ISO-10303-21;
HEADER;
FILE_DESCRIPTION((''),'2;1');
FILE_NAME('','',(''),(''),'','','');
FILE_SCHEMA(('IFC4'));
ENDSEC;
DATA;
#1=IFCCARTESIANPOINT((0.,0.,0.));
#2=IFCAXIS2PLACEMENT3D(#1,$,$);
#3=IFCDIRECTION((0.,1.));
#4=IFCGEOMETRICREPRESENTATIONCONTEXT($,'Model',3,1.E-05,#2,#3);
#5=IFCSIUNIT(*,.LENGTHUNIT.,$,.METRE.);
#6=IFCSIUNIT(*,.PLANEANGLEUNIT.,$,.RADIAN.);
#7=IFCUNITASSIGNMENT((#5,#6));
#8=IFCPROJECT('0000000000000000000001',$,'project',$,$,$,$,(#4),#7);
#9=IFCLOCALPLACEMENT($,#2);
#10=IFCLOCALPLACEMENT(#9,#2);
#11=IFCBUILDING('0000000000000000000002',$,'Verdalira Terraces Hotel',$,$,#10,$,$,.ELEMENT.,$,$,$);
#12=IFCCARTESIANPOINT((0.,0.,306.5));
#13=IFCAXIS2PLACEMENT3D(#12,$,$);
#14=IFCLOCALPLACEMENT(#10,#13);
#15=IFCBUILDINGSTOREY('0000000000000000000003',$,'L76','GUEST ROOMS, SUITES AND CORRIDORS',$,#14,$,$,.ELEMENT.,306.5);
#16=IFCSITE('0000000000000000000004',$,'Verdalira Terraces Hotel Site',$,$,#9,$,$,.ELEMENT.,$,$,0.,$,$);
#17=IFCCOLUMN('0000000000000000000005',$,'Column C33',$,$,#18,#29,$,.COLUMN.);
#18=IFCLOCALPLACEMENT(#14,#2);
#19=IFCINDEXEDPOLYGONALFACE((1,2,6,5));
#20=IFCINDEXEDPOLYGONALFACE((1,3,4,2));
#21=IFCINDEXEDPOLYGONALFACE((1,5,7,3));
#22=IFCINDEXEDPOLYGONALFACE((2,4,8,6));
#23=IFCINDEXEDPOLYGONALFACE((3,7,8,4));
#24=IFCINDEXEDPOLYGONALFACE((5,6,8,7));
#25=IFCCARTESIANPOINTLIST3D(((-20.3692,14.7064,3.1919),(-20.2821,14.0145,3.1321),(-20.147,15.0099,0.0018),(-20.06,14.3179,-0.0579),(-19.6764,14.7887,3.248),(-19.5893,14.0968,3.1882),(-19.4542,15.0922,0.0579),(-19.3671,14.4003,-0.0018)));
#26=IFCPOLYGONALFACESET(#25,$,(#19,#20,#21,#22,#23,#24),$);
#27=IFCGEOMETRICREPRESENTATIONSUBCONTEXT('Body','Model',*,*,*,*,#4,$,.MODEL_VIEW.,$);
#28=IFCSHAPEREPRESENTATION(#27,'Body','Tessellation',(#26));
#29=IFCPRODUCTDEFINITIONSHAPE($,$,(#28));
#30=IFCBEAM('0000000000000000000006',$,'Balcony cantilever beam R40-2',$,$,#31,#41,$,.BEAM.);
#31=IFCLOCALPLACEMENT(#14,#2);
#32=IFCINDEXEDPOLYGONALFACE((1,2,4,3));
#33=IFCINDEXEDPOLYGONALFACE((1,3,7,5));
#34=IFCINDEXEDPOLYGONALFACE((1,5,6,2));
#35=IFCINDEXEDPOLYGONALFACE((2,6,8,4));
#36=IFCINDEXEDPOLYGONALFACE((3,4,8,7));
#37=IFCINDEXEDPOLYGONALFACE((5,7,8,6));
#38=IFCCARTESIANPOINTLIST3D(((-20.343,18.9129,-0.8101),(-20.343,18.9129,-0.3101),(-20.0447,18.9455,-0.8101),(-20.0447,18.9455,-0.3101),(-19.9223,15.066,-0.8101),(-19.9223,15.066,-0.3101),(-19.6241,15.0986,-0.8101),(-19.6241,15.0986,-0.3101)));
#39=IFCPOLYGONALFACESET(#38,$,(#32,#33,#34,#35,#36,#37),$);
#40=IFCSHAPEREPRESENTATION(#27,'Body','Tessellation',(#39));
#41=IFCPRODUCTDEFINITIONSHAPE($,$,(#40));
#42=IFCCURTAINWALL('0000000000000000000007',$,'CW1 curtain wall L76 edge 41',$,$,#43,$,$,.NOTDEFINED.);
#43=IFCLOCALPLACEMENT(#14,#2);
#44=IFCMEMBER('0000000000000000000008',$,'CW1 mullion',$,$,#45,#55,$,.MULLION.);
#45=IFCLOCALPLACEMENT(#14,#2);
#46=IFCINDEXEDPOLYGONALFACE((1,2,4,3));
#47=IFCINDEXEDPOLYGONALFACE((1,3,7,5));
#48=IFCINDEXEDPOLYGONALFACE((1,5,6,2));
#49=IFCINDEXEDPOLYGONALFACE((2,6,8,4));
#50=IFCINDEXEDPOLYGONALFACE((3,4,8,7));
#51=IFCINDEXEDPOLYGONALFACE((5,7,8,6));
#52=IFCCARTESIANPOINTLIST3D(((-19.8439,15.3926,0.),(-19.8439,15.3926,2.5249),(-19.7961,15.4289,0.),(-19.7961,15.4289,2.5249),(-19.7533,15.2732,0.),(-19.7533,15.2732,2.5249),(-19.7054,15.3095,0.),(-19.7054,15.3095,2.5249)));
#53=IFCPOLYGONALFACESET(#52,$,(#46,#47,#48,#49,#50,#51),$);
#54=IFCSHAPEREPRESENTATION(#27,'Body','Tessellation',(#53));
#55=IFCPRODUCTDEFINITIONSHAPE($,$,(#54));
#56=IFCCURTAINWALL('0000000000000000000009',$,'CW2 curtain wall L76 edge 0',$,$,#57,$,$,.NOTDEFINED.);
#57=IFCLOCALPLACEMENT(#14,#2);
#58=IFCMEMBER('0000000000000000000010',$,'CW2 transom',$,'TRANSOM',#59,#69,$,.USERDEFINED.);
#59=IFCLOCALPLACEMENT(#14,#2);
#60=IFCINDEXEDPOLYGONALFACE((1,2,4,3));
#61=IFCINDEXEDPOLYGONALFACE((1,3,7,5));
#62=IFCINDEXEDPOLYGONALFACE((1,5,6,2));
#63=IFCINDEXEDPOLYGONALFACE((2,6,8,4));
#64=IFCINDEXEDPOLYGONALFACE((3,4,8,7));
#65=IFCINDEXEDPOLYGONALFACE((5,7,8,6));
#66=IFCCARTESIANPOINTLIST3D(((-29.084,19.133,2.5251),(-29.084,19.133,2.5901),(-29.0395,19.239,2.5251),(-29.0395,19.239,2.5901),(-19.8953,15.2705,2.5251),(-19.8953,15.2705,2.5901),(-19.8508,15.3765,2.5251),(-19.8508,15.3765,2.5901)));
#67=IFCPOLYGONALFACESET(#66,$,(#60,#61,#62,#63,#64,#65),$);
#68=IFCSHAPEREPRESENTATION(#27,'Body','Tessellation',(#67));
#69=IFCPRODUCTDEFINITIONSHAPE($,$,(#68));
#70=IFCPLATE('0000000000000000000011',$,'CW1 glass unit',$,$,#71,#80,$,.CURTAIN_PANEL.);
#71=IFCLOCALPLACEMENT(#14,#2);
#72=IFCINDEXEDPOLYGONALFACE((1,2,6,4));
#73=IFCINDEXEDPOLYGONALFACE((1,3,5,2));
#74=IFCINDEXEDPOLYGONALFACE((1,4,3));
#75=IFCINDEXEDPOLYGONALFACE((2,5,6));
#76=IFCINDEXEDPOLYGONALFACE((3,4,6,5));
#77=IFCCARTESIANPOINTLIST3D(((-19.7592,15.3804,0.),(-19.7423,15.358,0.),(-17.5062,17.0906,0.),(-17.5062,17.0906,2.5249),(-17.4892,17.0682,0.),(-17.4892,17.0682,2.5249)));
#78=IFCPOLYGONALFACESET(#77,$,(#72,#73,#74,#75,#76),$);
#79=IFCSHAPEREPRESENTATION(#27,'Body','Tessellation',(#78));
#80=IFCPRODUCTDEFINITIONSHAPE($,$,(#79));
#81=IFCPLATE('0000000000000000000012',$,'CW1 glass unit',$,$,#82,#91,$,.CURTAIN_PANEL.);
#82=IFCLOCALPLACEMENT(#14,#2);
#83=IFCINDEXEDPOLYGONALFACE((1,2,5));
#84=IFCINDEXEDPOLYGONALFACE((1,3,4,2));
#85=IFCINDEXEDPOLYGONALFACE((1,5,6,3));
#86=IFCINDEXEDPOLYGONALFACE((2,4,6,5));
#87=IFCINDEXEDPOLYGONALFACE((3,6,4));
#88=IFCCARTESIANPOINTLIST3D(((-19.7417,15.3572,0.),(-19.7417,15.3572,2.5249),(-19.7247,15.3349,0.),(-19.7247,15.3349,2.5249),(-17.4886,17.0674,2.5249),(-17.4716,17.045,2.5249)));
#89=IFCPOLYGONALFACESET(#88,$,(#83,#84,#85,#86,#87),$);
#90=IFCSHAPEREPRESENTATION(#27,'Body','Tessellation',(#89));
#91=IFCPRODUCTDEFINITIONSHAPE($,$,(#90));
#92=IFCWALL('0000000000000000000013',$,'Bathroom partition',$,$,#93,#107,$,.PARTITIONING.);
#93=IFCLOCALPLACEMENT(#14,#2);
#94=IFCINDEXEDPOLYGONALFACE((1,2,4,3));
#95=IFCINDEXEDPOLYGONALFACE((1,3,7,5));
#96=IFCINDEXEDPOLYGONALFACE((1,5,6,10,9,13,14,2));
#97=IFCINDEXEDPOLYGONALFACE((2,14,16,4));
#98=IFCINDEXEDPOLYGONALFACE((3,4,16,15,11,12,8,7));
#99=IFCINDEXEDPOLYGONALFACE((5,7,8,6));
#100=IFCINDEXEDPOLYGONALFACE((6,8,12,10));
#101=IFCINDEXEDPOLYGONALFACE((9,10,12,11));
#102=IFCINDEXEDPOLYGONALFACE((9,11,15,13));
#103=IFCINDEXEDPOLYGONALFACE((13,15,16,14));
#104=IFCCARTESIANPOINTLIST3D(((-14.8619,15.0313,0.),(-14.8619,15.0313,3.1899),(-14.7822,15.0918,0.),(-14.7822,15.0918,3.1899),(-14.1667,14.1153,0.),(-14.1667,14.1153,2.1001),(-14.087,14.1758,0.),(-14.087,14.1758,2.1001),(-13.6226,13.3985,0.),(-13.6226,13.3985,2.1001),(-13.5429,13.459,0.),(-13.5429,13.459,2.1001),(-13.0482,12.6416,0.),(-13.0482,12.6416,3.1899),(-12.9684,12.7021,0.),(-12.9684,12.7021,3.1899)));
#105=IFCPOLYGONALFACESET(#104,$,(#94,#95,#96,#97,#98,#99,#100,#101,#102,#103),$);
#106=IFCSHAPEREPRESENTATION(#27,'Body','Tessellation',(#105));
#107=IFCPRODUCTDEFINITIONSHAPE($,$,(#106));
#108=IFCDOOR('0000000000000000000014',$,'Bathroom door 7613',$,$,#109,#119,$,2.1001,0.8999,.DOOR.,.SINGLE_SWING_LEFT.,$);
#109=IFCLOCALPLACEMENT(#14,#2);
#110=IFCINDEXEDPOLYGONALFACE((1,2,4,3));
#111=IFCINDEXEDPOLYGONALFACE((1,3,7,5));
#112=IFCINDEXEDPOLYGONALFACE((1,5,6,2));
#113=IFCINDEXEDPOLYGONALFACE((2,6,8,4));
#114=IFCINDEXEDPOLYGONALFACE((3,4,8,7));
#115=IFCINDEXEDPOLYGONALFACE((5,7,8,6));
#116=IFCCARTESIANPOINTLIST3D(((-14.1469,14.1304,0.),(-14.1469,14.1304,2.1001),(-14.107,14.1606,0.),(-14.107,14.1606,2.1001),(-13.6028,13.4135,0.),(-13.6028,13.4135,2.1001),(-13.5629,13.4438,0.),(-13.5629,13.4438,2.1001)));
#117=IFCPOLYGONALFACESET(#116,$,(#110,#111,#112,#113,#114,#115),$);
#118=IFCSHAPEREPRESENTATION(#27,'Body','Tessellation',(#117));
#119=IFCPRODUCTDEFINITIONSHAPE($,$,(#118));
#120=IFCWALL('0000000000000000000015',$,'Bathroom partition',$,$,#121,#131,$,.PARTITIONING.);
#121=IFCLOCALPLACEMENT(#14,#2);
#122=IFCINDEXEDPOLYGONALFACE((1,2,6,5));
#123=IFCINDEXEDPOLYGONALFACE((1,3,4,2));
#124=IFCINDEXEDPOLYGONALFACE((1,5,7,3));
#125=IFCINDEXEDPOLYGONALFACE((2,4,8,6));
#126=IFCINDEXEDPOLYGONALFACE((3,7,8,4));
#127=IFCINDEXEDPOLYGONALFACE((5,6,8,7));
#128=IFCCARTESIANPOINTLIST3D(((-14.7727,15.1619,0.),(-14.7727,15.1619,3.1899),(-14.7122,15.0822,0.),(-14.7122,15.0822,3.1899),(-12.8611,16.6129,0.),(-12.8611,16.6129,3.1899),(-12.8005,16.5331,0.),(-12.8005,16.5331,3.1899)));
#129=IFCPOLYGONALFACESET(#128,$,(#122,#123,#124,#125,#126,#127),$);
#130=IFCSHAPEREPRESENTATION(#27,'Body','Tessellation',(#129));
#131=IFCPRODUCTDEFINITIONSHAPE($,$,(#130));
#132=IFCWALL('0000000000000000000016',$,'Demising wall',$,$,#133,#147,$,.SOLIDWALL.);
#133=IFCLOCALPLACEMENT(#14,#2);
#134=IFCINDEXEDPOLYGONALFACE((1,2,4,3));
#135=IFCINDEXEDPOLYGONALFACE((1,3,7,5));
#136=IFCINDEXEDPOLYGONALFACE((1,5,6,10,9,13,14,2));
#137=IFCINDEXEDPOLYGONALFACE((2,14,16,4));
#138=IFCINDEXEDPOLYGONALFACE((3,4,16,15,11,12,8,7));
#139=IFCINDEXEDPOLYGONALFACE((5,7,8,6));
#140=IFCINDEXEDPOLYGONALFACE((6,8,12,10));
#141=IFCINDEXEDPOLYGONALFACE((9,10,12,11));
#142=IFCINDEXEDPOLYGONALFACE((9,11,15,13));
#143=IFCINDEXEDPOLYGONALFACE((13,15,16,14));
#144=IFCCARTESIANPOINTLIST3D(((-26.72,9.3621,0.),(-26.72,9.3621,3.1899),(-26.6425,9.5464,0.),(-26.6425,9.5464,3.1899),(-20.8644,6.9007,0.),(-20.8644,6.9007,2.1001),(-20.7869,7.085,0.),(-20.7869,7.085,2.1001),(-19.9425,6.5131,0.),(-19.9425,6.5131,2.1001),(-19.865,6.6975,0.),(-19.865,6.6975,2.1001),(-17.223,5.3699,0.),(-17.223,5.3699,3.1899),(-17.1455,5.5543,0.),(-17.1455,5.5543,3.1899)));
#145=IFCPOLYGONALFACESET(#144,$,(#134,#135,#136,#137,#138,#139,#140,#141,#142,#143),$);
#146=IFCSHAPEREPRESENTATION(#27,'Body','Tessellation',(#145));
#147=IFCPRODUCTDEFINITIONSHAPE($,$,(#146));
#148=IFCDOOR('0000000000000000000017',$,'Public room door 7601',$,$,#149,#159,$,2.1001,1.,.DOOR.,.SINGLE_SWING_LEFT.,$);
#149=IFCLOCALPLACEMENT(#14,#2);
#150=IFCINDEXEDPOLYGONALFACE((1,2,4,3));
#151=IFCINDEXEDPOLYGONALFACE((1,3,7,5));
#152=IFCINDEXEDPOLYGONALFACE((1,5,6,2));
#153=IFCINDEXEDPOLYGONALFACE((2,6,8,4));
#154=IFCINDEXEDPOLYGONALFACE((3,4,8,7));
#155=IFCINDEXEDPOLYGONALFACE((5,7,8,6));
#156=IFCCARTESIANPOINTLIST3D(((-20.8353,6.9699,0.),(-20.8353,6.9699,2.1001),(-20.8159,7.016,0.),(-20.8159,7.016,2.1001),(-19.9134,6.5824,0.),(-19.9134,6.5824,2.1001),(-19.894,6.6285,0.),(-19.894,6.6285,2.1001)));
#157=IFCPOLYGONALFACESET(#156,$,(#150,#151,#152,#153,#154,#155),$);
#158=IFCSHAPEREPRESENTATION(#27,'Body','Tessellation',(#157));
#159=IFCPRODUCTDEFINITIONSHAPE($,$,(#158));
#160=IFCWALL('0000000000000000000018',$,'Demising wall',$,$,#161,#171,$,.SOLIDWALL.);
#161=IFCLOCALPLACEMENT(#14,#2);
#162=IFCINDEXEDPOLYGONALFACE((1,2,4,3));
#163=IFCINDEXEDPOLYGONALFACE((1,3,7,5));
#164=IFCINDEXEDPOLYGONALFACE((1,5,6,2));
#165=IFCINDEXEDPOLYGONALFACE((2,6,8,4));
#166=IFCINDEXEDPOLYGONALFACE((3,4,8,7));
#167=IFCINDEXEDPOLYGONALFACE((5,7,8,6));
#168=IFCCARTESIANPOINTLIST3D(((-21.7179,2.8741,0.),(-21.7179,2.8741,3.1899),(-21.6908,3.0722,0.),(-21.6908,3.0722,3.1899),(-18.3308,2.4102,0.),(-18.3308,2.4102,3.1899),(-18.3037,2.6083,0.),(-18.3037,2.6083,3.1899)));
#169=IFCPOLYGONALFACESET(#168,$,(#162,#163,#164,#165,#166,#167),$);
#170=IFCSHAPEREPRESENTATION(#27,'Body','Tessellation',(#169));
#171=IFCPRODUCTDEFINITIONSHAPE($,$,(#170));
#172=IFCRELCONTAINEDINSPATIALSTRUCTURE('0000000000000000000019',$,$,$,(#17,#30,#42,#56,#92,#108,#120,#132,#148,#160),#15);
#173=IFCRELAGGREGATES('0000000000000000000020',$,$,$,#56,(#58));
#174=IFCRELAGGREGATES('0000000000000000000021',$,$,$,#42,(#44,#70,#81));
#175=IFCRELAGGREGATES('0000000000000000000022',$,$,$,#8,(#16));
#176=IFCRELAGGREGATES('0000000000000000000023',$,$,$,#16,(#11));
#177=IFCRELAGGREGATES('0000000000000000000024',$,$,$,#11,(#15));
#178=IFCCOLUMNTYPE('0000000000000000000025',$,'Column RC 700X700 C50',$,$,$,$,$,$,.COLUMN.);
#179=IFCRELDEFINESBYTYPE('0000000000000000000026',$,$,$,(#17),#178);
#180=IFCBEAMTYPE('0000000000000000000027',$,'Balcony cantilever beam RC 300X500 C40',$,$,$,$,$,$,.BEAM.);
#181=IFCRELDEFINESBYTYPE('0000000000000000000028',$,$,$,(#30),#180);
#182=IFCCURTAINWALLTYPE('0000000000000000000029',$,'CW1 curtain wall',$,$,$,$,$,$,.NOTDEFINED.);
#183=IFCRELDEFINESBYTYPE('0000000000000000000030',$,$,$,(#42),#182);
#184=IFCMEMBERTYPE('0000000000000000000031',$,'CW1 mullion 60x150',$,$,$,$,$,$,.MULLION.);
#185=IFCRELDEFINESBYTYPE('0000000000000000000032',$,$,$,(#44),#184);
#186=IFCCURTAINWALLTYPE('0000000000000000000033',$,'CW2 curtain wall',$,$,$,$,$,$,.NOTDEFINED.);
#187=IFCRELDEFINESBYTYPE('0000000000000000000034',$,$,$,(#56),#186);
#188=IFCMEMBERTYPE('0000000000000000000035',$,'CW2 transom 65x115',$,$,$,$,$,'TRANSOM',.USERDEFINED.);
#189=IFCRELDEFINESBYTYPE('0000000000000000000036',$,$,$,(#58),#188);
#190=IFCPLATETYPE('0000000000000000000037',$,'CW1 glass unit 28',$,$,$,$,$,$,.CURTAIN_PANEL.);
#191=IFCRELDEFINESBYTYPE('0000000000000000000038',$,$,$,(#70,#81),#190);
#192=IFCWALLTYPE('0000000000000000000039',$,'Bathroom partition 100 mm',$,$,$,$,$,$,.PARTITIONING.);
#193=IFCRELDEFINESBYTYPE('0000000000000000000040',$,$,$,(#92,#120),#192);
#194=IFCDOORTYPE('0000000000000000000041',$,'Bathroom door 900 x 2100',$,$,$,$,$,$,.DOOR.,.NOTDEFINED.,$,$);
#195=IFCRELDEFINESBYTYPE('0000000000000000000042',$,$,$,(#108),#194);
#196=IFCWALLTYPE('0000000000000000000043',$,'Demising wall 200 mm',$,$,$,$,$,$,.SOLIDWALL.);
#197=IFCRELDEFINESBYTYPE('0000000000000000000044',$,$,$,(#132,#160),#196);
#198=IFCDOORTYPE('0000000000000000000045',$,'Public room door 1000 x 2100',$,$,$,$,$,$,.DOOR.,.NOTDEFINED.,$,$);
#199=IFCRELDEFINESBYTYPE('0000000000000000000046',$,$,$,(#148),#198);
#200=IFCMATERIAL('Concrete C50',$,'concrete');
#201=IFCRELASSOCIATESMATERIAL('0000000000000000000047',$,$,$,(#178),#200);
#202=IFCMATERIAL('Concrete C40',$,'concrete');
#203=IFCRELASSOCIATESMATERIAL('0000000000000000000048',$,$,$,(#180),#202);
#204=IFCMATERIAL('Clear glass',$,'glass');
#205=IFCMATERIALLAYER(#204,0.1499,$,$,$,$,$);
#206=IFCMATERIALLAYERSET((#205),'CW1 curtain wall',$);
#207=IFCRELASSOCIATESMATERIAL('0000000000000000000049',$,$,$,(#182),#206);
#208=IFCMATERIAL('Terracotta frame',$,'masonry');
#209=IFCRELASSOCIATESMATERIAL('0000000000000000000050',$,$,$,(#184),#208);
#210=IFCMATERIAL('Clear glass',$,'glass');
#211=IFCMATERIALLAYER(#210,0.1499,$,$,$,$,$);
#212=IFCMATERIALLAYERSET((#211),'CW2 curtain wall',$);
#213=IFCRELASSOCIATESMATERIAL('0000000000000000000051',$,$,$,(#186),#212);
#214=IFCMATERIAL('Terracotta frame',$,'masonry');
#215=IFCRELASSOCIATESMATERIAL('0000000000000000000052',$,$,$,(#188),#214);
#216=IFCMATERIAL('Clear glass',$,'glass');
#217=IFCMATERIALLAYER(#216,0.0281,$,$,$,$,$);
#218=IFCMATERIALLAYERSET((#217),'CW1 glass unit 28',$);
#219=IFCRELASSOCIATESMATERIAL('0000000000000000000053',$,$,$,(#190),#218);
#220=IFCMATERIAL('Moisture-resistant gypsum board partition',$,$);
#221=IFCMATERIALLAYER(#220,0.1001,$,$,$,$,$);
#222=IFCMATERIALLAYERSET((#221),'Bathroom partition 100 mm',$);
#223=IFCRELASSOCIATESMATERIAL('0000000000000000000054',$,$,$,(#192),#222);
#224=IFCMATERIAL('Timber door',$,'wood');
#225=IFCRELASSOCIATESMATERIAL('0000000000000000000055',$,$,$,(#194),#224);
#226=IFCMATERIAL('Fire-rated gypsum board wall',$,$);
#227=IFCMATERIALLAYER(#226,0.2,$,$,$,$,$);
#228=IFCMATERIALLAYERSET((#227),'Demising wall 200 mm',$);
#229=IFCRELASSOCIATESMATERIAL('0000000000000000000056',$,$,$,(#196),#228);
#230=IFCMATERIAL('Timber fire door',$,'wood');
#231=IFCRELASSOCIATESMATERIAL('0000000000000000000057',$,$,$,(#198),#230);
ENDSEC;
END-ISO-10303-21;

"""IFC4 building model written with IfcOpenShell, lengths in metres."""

from ifc_helpers import new_model, si_unit, direction, frame, frame_2d, origin, origin_2d, place, context, subcontext, project, spatial, polyline, rectangle, outline, extrude, material, layer, layer_set, material_profile, profile_set, type_object, element, fill, aggregate, save


model = new_model("IFC4")

# Units and contexts
model_context = context("Model", 3, precision=1e-05, world=origin(), true_north=direction((0.0, 1.0)))
body_context = subcontext(model_context, "Body", "Model", "MODEL_VIEW")
ifc_project = project(units=[si_unit("LENGTHUNIT", "METRE"), si_unit("PLANEANGLEUNIT", "RADIAN")], contexts=[model_context])

# Site, building, storey
site_placement = place(None, origin())
site = spatial("IfcSite", under=ifc_project, at=site_placement, Name="Verdalira Terraces Hotel Site", CompositionType="ELEMENT", RefElevation=0.0)
building_placement = place(site_placement, origin())
building = spatial("IfcBuilding", under=site, at=building_placement, Name="Verdalira Terraces Hotel", CompositionType="ELEMENT")
storey_placement = place(building_placement, frame((0.0, 0.0, 306.5)))
storey = spatial("IfcBuildingStorey", under=building, at=storey_placement, Name="L76", Description="GUEST ROOMS, SUITES AND CORRIDORS", CompositionType="ELEMENT", Elevation=306.5)

# Column
ifc_material_1 = material(Name="Concrete C50", Category="concrete")
ifc_material_profile_1 = material_profile(ifc_material_1, rectangle(XDim=0.7, YDim=0.7, at=origin_2d()), Name="RC 700X700")
ifc_profile_set_1 = profile_set([ifc_material_profile_1], Name="Concrete C50")
column_type = type_object("IfcColumnType", Name="Column RC 700X700 C50", PredefinedType="COLUMN", material=ifc_profile_set_1)
column_placement = place(storey_placement, frame((-19.7571, 14.7051, 0.0), z_axis=(-0.069167, -0.094478, 0.993121), x_axis=(0.989818, 0.117639, 0.080129)))
element("IfcColumn", 1, at=column_placement, inside=storey, type_object=column_type, Name="Column C33", PredefinedType="COLUMN", context=body_context, shape_type="SweptSolid", body=[
    extrude(rectangle(XDim=0.7, YDim=0.7, at=origin_2d()), origin(), (0.0, 0.0, 1.0), 3.2122),
])

# Beam
ifc_material_2 = material(Name="Concrete C40", Category="concrete")
ifc_material_profile_2 = material_profile(ifc_material_2, rectangle(XDim=0.3, YDim=0.5, at=origin_2d()), Name="RC 300X500")
ifc_profile_set_2 = profile_set([ifc_material_profile_2], Name="Concrete C40")
beam_type = type_object("IfcBeamType", Name="Balcony cantilever beam RC 300X500 C40", PredefinedType="BEAM", material=ifc_profile_set_2)
beam_placement = place(storey_placement, frame((-19.7732, 15.0823, -0.5601), z_axis=(-0.1087, 0.994075, 0.0), x_axis=(-0.994075, -0.1087, 0.0)))
element("IfcBeam", 2, at=beam_placement, inside=storey, type_object=beam_type, Name="Balcony cantilever beam R40-2", PredefinedType="BEAM", context=body_context, shape_type="SweptSolid", body=[
    extrude(rectangle(XDim=0.3, YDim=0.5, at=origin_2d()), origin(), (0.0, 0.0, 1.0), 3.8699),
])

# Curtain walls, members
ifc_material_3 = material(Name="Clear glass", Category="glass")
ifc_layer_1 = layer(ifc_material_3, 0.1499)
ifc_layer_set_1 = layer_set([ifc_layer_1], Name="CW1 curtain wall")
curtain_wall_type_1 = type_object("IfcCurtainWallType", Name="CW1 curtain wall", PredefinedType="NOTDEFINED", material=ifc_layer_set_1)
curtain_wall_1_placement = place(storey_placement, origin())
curtain_wall_1 = element("IfcCurtainWall", 3, at=curtain_wall_1_placement, inside=storey, type_object=curtain_wall_type_1, Name="CW1 curtain wall L76 edge 41", PredefinedType="NOTDEFINED")
ifc_material_4 = material(Name="Terracotta frame", Category="masonry")
ifc_material_profile_3 = material_profile(ifc_material_4, rectangle(XDim=0.0601, YDim=0.1499, at=origin_2d()), Name="MU 60x150")
ifc_profile_set_3 = profile_set([ifc_material_profile_3], Name="Terracotta frame")
member_type_1 = type_object("IfcMemberType", Name="CW1 mullion 60x150", PredefinedType="MULLION", material=ifc_profile_set_3)
member_1_placement = place(storey_placement, frame((-19.7747, 15.3511, 0.0), z_axis=(0.0, 0.0, 1.0), x_axis=(-0.79653, -0.604599, 0.0)))
member_1 = element("IfcMember", 4, at=member_1_placement, type_object=member_type_1, Name="CW1 mullion", PredefinedType="MULLION", context=body_context, shape_type="SweptSolid", body=[
    extrude(rectangle(XDim=0.0601, YDim=0.1499, at=origin_2d()), origin(), (0.0, 0.0, 1.0), 2.5249),
])
ifc_material_5 = material(Name="Clear glass", Category="glass")
ifc_layer_2 = layer(ifc_material_5, 0.1499)
ifc_layer_set_2 = layer_set([ifc_layer_2], Name="CW2 curtain wall")
curtain_wall_type_2 = type_object("IfcCurtainWallType", Name="CW2 curtain wall", PredefinedType="NOTDEFINED", material=ifc_layer_set_2)
curtain_wall_2_placement = place(storey_placement, origin())
curtain_wall_2 = element("IfcCurtainWall", 5, at=curtain_wall_2_placement, inside=storey, type_object=curtain_wall_type_2, Name="CW2 curtain wall L76 edge 0", PredefinedType="NOTDEFINED")
ifc_material_6 = material(Name="Terracotta frame", Category="masonry")
ifc_material_profile_4 = material_profile(ifc_material_6, rectangle(XDim=0.115, YDim=0.0649, at=origin_2d()), Name="TR 65x115")
ifc_profile_set_4 = profile_set([ifc_material_profile_4], Name="Terracotta frame")
member_type_2 = type_object("IfcMemberType", Name="CW2 transom 65x115", ElementType="TRANSOM", PredefinedType="USERDEFINED", material=ifc_profile_set_4)
member_2_placement = place(storey_placement, frame((-19.873, 15.3235, 2.5576), z_axis=(-0.921864, 0.387513, 0.0), x_axis=(-0.387513, -0.921864, 0.0)))
member_2 = element("IfcMember", 6, at=member_2_placement, type_object=member_type_2, Name="CW2 transom", ObjectType="TRANSOM", PredefinedType="USERDEFINED", context=body_context, shape_type="SweptSolid", body=[
    extrude(rectangle(XDim=0.115, YDim=0.0649, at=origin_2d()), origin(), (0.0, 0.0, 1.0), 9.9675),
])
aggregate(curtain_wall_2, [member_2])

# Plates
ifc_material_7 = material(Name="Clear glass", Category="glass")
ifc_layer_3 = layer(ifc_material_7, 0.0281)
ifc_layer_set_3 = layer_set([ifc_layer_3], Name="CW1 glass unit 28")
plate_type = type_object("IfcPlateType", Name="CW1 glass unit 28", PredefinedType="CURTAIN_PANEL", material=ifc_layer_set_3)
plate_1_placement = place(storey_placement, frame((-18.6157, 16.2131, 1.2625), z_axis=(-0.604599, 0.79653, 0.0), x_axis=(-0.79653, -0.604599, 0.0)))
plate_1 = element("IfcPlate", 7, at=plate_1_placement, type_object=plate_type, Name="CW1 glass unit", PredefinedType="CURTAIN_PANEL", context=body_context, shape_type="SweptSolid", body=[
    extrude(outline(polyline([(-1.4143, -1.2625), (1.4143, -1.2625), (-1.4143, 1.2625), (-1.4143, -1.2625)])), origin(), (0.0, 0.0, 1.0), 0.0281),
])
plate_2_placement = place(storey_placement, frame((-18.5981, 16.1899, 1.2625), z_axis=(-0.604599, 0.79653, 0.0), x_axis=(-0.79653, -0.604599, 0.0)))
plate_2 = element("IfcPlate", 8, at=plate_2_placement, type_object=plate_type, Name="CW1 glass unit", PredefinedType="CURTAIN_PANEL", context=body_context, shape_type="SweptSolid", body=[
    extrude(outline(polyline([(1.4143, -1.2625), (1.4143, 1.2625), (-1.4143, 1.2625), (1.4143, -1.2625)])), origin(), (0.0, 0.0, 1.0), 0.0281),
])
aggregate(curtain_wall_1, [member_1, plate_1, plate_2])

# Wall, opening, door
ifc_material_8 = material(Name="Moisture-resistant gypsum board partition")
ifc_layer_4 = layer(ifc_material_8, 0.1001)
ifc_layer_set_4 = layer_set([ifc_layer_4], Name="Bathroom partition 100 mm")
wall_type_1 = type_object("IfcWallType", Name="Bathroom partition 100 mm", PredefinedType="PARTITIONING", material=ifc_layer_set_4)
wall_1_placement = place(storey_placement, frame((-14.822, 15.0615, 0.0), z_axis=(0.0, 0.0, 1.0), x_axis=(0.604573, -0.796549, 0.0)))
wall_1 = element("IfcWall", 9, at=wall_1_placement, inside=storey, type_object=wall_type_1, Name="Bathroom partition", PredefinedType="PARTITIONING", context=body_context, shape_type="SweptSolid", body=[
    extrude(rectangle(XDim=3.0, YDim=0.1001, at=frame_2d((1.5, 0.0))), origin(), (0.0, 0.0, 1.0), 3.1899),
])
opening_1_placement = place(wall_1_placement, frame((1.1499, 0.0, 0.0)))
opening_1 = element("IfcOpeningElement", 10, at=opening_1_placement, cuts=wall_1, PredefinedType="OPENING", context=body_context, shape_type="SweptSolid", body=[
    extrude(rectangle(XDim=0.8999, YDim=2.1001, at=frame_2d((0.45, 1.05))), frame((0.0, 0.0601, 0.0), z_axis=(0.0, -1.0, 0.0), x_axis=(1.0, 0.0, 0.0)), (0.0, 0.0, 1.0), 0.1201),
])
ifc_material_9 = material(Name="Timber door", Category="wood")
door_type_1 = type_object("IfcDoorType", Name="Bathroom door 900 x 2100", OperationType="NOTDEFINED", PredefinedType="DOOR", material=ifc_material_9)
door_1_placement = place(opening_1_placement, origin())
door_1 = element("IfcDoor", 11, at=door_1_placement, inside=storey, type_object=door_type_1, Name="Bathroom door 7613", OperationType="SINGLE_SWING_LEFT", OverallHeight=2.1001, OverallWidth=0.8999, PredefinedType="DOOR", context=body_context, shape_type="SweptSolid", body=[
    extrude(rectangle(XDim=0.8999, YDim=2.1001, at=frame_2d((0.45, 1.05))), frame((0.0, 0.0249, 0.0), z_axis=(0.0, -1.0, 0.0), x_axis=(1.0, 0.0, 0.0)), (0.0, 0.0, 1.0), 0.05),
])
fill(opening_1, door_1)

# Wall
wall_2_placement = place(storey_placement, frame((-14.7424, 15.1221, 0.0), z_axis=(0.0, 0.0, 1.0), x_axis=(0.796544, 0.60458, 0.0)))
element("IfcWall", 12, at=wall_2_placement, inside=storey, type_object=wall_type_1, Name="Bathroom partition", PredefinedType="PARTITIONING", context=body_context, shape_type="SweptSolid", body=[
    extrude(rectangle(XDim=2.3999, YDim=0.1001, at=frame_2d((1.2, 0.0))), origin(), (0.0, 0.0, 1.0), 3.1899),
])

# Wall, opening, door
ifc_material_10 = material(Name="Fire-rated gypsum board wall")
ifc_layer_5 = layer(ifc_material_10, 0.2)
ifc_layer_set_5 = layer_set([ifc_layer_5], Name="Demising wall 200 mm")
wall_type_2 = type_object("IfcWallType", Name="Demising wall 200 mm", PredefinedType="SOLIDWALL", material=ifc_layer_set_5)
wall_3_placement = place(storey_placement, frame((-17.1843, 5.4622, 0.0), z_axis=(0.0, 0.0, 1.0), x_axis=(-0.921864, 0.387514, 0.0)))
wall_3 = element("IfcWall", 13, at=wall_3_placement, inside=storey, type_object=wall_type_2, Name="Demising wall", PredefinedType="SOLIDWALL", context=body_context, shape_type="SweptSolid", body=[
    extrude(rectangle(XDim=10.302, YDim=0.2, at=frame_2d((5.1509, 0.0))), origin(), (0.0, 0.0, 1.0), 3.1899),
])
opening_2_placement = place(wall_3_placement, frame((2.95, 0.0, 0.0)))
opening_2 = element("IfcOpeningElement", 14, at=opening_2_placement, cuts=wall_3, PredefinedType="OPENING", context=body_context, shape_type="SweptSolid", body=[
    extrude(rectangle(XDim=1.0, YDim=2.1001, at=frame_2d((0.5, 1.05))), frame((0.0, 0.1099, 0.0), z_axis=(0.0, -1.0, 0.0), x_axis=(1.0, 0.0, 0.0)), (0.0, 0.0, 1.0), 0.22),
])
ifc_material_11 = material(Name="Timber fire door", Category="wood")
door_type_2 = type_object("IfcDoorType", Name="Public room door 1000 x 2100", OperationType="NOTDEFINED", PredefinedType="DOOR", material=ifc_material_11)
door_2_placement = place(opening_2_placement, origin())
door_2 = element("IfcDoor", 15, at=door_2_placement, inside=storey, type_object=door_type_2, Name="Public room door 7601", OperationType="SINGLE_SWING_LEFT", OverallHeight=2.1001, OverallWidth=1.0, PredefinedType="DOOR", context=body_context, shape_type="SweptSolid", body=[
    extrude(rectangle(XDim=1.0, YDim=2.1001, at=frame_2d((0.5, 1.05))), frame((0.0, 0.0249, 0.0), z_axis=(0.0, -1.0, 0.0), x_axis=(1.0, 0.0, 0.0)), (0.0, 0.0, 1.0), 0.05),
])
fill(opening_2, door_2)

# Wall
wall_4_placement = place(storey_placement, frame((-18.3171, 2.5093, 0.0), z_axis=(0.0, 0.0, 1.0), x_axis=(-0.990751, 0.13569, 0.0)))
element("IfcWall", 16, at=wall_4_placement, inside=storey, type_object=wall_type_2, Name="Demising wall", PredefinedType="SOLIDWALL", context=body_context, shape_type="SweptSolid", body=[
    extrude(rectangle(XDim=3.4187, YDim=0.2, at=frame_2d((1.7095, 0.0))), origin(), (0.0, 0.0, 1.0), 3.1899),
])

save(model, "model.ifc")
